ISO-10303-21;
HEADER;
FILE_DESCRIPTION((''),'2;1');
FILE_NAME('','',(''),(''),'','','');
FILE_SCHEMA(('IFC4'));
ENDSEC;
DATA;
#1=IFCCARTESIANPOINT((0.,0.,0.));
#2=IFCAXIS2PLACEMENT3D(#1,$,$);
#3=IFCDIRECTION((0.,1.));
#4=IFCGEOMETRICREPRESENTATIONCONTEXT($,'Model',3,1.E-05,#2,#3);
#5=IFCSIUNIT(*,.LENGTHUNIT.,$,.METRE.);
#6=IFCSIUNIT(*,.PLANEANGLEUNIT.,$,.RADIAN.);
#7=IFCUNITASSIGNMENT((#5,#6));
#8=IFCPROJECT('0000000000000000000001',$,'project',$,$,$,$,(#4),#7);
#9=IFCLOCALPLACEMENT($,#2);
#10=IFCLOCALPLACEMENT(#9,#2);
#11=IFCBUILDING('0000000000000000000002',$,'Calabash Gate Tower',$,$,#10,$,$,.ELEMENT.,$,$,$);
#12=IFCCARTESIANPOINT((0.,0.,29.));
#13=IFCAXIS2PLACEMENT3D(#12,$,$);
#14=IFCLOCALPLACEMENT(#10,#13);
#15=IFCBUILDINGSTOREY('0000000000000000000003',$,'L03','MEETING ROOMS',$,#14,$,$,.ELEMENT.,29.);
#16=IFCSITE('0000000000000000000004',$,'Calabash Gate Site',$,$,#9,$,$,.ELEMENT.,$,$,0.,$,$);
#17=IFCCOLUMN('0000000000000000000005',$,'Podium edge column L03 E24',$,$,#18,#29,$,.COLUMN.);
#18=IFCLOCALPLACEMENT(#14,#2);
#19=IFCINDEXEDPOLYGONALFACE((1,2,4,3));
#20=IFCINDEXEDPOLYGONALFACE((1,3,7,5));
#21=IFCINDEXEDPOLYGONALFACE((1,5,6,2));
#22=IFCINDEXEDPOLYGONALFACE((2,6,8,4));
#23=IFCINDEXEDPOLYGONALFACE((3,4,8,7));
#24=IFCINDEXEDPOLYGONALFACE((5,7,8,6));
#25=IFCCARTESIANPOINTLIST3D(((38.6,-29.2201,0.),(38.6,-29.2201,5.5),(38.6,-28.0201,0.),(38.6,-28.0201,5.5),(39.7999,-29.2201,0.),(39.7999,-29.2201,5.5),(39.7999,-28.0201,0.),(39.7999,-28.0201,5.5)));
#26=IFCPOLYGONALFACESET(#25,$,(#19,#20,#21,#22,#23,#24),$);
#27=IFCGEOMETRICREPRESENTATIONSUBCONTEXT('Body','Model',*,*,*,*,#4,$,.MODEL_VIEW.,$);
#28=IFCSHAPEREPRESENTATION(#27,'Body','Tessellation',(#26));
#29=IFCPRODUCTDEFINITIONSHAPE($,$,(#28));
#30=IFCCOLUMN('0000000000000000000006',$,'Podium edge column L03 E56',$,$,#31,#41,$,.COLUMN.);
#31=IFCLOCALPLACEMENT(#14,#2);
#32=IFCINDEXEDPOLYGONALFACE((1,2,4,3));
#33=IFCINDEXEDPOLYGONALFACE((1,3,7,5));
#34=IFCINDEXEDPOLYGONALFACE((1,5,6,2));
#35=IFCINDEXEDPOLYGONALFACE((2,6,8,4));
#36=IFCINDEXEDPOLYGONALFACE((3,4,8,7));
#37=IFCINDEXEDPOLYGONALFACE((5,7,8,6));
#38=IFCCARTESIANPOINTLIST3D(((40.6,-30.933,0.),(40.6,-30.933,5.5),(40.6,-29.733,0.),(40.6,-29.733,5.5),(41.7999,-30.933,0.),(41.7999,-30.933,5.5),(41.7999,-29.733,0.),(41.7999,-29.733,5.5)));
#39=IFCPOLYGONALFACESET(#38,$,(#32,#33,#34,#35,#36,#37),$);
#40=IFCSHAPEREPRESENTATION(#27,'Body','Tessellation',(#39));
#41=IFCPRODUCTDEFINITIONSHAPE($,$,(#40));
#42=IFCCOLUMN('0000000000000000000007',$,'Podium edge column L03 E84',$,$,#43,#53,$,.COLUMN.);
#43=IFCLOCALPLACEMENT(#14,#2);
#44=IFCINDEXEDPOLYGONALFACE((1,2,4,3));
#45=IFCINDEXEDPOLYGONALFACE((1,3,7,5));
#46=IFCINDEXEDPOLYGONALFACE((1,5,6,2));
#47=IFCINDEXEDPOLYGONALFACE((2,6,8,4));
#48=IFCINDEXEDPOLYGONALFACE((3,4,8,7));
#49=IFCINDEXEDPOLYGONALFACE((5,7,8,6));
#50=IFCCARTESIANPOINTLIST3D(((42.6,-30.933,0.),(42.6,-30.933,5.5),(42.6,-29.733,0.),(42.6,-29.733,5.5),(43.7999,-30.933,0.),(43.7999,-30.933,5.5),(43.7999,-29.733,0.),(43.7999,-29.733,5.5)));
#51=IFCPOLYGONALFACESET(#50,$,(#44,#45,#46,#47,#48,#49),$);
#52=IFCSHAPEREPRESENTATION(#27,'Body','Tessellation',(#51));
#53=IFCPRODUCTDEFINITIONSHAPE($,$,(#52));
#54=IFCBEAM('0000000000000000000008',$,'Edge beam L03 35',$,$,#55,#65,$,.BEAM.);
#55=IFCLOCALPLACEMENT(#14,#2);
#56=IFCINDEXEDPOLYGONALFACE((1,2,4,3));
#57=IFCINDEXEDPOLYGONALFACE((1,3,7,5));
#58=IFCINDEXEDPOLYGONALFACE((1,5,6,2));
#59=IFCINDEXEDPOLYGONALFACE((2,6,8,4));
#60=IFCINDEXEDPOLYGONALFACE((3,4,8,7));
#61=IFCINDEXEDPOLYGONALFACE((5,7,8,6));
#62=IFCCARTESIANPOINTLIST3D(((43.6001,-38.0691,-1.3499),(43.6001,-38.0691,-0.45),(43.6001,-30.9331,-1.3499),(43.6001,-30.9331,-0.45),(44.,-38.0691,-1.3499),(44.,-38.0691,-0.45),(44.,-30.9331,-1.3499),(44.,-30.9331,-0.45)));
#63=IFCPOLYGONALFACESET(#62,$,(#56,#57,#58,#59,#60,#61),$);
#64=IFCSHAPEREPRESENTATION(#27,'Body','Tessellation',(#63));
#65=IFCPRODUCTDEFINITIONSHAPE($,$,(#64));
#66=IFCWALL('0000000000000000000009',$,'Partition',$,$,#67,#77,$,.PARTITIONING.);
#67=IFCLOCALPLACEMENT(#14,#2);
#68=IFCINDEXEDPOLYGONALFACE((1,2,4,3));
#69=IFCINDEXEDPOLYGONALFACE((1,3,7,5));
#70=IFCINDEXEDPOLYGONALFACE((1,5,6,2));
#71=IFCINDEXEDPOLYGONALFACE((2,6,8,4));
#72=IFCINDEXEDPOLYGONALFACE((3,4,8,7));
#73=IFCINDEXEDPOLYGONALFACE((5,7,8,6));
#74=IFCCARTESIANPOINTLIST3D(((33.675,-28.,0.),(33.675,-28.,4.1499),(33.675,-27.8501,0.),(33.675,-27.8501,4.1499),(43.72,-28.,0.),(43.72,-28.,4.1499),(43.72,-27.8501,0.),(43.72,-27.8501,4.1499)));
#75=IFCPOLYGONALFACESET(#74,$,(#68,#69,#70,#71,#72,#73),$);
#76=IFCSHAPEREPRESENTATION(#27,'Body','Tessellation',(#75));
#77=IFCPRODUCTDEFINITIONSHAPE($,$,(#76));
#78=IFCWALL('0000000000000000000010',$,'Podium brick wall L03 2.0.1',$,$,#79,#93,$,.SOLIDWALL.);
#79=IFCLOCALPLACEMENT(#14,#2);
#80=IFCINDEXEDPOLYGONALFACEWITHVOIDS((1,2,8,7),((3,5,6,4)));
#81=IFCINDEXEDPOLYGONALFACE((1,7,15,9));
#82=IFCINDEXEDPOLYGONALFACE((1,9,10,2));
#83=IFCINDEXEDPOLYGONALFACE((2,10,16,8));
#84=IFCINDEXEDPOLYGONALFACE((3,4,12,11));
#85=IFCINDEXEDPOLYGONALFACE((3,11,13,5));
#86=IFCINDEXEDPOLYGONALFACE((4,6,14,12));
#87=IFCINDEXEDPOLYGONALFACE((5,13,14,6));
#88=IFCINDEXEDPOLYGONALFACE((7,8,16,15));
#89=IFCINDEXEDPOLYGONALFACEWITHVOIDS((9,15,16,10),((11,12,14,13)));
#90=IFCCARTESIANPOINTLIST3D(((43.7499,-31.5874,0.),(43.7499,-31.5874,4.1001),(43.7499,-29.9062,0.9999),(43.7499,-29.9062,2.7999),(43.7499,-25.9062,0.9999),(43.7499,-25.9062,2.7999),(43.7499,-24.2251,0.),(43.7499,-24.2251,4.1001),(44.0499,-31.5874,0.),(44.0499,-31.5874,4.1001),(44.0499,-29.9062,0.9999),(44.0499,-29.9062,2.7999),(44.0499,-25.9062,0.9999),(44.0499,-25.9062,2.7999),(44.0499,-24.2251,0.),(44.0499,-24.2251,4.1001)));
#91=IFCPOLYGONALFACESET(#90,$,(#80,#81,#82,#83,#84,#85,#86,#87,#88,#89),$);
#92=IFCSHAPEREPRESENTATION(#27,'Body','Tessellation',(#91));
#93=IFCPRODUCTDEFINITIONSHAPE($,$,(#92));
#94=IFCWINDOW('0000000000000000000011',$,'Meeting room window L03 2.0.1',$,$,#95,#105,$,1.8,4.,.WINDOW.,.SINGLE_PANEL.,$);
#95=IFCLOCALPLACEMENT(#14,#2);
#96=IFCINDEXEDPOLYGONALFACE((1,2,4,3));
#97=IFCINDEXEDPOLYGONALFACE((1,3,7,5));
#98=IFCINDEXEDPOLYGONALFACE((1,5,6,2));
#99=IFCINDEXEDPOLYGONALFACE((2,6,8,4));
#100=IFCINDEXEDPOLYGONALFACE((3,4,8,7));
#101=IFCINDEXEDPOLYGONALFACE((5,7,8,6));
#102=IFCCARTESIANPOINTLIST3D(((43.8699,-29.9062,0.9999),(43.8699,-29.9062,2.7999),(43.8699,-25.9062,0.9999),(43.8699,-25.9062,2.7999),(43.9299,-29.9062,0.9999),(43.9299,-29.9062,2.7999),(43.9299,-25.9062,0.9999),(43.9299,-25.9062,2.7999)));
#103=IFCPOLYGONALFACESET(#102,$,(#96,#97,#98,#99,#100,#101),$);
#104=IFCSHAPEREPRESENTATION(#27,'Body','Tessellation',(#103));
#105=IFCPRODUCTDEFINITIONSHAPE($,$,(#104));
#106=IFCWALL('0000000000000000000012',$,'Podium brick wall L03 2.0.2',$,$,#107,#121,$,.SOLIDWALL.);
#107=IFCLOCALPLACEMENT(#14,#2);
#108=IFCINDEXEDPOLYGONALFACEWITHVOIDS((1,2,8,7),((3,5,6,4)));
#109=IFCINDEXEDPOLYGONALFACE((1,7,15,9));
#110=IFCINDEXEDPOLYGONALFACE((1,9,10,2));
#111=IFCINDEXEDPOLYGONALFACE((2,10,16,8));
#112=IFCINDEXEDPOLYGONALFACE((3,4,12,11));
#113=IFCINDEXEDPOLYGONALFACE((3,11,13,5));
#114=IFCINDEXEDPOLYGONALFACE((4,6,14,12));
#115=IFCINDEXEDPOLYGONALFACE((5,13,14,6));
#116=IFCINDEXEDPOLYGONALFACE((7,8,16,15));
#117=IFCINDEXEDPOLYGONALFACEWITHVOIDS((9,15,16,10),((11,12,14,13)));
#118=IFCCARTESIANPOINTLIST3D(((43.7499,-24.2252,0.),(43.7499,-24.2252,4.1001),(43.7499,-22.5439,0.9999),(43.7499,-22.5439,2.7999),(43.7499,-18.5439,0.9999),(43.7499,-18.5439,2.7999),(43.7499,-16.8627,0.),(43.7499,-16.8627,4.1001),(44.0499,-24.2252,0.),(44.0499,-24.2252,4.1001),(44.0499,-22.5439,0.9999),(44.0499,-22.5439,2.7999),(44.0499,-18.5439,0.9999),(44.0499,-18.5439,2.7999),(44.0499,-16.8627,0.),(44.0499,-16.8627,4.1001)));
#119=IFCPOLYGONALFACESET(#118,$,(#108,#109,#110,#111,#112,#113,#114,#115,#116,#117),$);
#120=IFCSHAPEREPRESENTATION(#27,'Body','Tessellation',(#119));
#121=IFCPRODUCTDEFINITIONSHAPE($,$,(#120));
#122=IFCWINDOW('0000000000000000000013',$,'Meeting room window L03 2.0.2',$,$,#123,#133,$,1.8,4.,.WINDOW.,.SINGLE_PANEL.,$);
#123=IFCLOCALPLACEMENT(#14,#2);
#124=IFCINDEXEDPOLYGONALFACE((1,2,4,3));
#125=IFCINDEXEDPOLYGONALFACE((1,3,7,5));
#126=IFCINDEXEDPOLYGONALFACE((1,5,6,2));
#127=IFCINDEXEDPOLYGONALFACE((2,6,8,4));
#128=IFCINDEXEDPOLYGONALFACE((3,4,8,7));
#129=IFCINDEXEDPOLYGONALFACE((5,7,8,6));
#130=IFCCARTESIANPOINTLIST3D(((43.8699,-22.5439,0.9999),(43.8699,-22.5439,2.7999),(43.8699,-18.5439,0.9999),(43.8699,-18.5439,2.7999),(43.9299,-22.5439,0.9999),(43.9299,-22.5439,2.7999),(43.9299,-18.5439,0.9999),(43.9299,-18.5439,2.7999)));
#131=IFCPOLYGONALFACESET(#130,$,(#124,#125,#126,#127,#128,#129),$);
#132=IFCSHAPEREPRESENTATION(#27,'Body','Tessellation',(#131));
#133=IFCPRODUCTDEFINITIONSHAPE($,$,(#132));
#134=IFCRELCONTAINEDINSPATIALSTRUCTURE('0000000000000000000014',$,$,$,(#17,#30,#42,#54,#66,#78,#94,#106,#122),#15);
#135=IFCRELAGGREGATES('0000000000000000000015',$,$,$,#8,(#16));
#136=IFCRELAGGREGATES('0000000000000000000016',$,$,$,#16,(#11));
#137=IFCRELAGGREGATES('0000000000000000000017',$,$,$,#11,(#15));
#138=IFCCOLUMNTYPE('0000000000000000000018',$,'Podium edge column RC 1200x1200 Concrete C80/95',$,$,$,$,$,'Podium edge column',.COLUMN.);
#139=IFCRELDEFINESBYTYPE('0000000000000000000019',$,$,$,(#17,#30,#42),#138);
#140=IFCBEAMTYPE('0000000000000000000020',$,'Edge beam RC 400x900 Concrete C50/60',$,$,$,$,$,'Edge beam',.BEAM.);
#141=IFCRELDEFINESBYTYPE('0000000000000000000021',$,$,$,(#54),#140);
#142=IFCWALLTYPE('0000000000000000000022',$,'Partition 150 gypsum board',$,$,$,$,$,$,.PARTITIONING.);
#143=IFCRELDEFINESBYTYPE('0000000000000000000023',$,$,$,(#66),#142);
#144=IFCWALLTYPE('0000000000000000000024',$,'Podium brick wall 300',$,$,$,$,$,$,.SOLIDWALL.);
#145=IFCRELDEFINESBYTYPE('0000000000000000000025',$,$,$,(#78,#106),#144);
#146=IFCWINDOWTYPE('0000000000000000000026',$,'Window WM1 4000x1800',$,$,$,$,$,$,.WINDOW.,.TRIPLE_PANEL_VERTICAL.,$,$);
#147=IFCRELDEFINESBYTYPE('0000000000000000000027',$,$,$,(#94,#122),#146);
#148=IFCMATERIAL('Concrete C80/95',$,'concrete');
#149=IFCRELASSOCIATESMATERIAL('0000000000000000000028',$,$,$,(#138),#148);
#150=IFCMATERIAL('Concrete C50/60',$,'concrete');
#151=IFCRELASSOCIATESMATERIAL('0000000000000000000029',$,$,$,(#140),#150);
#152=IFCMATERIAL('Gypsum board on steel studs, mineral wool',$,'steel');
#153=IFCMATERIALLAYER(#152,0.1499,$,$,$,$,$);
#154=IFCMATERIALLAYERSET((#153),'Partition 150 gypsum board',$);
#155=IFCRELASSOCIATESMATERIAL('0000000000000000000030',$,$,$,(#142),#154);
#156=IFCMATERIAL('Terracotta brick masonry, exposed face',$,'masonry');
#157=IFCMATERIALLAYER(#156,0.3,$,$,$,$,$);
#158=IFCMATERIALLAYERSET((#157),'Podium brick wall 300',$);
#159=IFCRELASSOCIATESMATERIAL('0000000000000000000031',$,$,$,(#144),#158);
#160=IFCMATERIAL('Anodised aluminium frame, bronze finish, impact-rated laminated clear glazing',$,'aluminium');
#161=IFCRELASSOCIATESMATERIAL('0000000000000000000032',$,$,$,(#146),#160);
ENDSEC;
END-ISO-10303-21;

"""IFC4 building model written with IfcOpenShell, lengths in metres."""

from ifc_helpers import new_model, si_unit, direction, frame, frame_2d, origin, origin_2d, place, context, subcontext, project, spatial, rectangle, extrude, material, layer, layer_set, material_profile, profile_set, type_object, element, fill, save


model = new_model("IFC4")

# Units and contexts
model_context = context("Model", 3, precision=1e-05, world=origin(), true_north=direction((0.0, 1.0)))
body_context = subcontext(model_context, "Body", "Model", "MODEL_VIEW")
ifc_project = project(units=[si_unit("LENGTHUNIT", "METRE"), si_unit("PLANEANGLEUNIT", "RADIAN")], contexts=[model_context])

# Site, building, storey
site_placement = place(None, origin())
site = spatial("IfcSite", under=ifc_project, at=site_placement, Name="Calabash Gate Site", CompositionType="ELEMENT", RefElevation=0.0)
building_placement = place(site_placement, origin())
building = spatial("IfcBuilding", under=site, at=building_placement, Name="Calabash Gate Tower", CompositionType="ELEMENT")
storey_placement = place(building_placement, frame((0.0, 0.0, 29.0)))
storey = spatial("IfcBuildingStorey", under=building, at=storey_placement, Name="L03", Description="MEETING ROOMS", CompositionType="ELEMENT", Elevation=29.0)

# Columns
ifc_material_1 = material(Name="Concrete C80/95", Category="concrete")
ifc_material_profile_1 = material_profile(ifc_material_1, rectangle(XDim=1.2, YDim=1.2, at=origin_2d()))
ifc_profile_set_1 = profile_set([ifc_material_profile_1], Name="Concrete C80/95")
column_type = type_object("IfcColumnType", Name="Podium edge column RC 1200x1200 Concrete C80/95", ElementType="Podium edge column", PredefinedType="COLUMN", material=ifc_profile_set_1)
for number, where, z_axis, x_axis, name in (
    (1, (39.2, -28.6201, 0.0), (0.0, 0.0, 1.0), (1.0, 0.0, 0.0), "Podium edge column L03 E24"),
    (2, (41.2, -30.333, 0.0), (0.0, 0.0, 1.0), (1.0, 0.0, 0.0), "Podium edge column L03 E56"),
    (3, (43.2, -30.333, 0.0), (0.0, 0.0, 1.0), (1.0, 0.0, 0.0), "Podium edge column L03 E84"),
):
    element("IfcColumn", number, at=place(storey_placement, frame(where, z_axis=z_axis, x_axis=x_axis)), inside=storey, type_object=column_type, Name=name, PredefinedType="COLUMN", context=body_context, shape_type="SweptSolid", body=[
        extrude(rectangle(XDim=1.2, YDim=1.2, at=origin_2d()), origin(), (0.0, 0.0, 1.0), 5.5),
    ])

# Beam
ifc_material_2 = material(Name="Concrete C50/60", Category="concrete")
ifc_material_profile_2 = material_profile(ifc_material_2, rectangle(XDim=0.3999, YDim=0.8999, at=origin_2d()))
ifc_profile_set_2 = profile_set([ifc_material_profile_2], Name="Concrete C50/60")
beam_type = type_object("IfcBeamType", Name="Edge beam RC 400x900 Concrete C50/60", ElementType="Edge beam", PredefinedType="BEAM", material=ifc_profile_set_2)
beam_placement = place(storey_placement, frame((43.8, -30.9331, -0.8999), z_axis=(0.0, -1.0, 0.0), x_axis=(1.0, 0.0, 0.0)))
element("IfcBeam", 4, at=beam_placement, inside=storey, type_object=beam_type, Name="Edge beam L03 35", PredefinedType="BEAM", context=body_context, shape_type="SweptSolid", body=[
    extrude(rectangle(XDim=0.3999, YDim=0.8999, at=origin_2d()), origin(), (0.0, 0.0, 1.0), 7.136),
])

# Wall
ifc_material_3 = material(Name="Gypsum board on steel studs, mineral wool", Category="steel")
ifc_layer_1 = layer(ifc_material_3, 0.1499)
ifc_layer_set_1 = layer_set([ifc_layer_1], Name="Partition 150 gypsum board")
wall_type_1 = type_object("IfcWallType", Name="Partition 150 gypsum board", PredefinedType="PARTITIONING", material=ifc_layer_set_1)
wall_1_placement = place(storey_placement, frame((33.675, -27.925, 0.0), z_axis=(0.0, 0.0, 1.0), x_axis=(1.0, 0.0, 0.0)))
element("IfcWall", 5, at=wall_1_placement, inside=storey, type_object=wall_type_1, Name="Partition", PredefinedType="PARTITIONING", context=body_context, shape_type="SweptSolid", body=[
    extrude(rectangle(XDim=10.0449, YDim=0.1499, at=frame_2d((5.0225, 0.0))), origin(), (0.0, 0.0, 1.0), 4.1499),
])

# Walls, openings, windows
ifc_material_4 = material(Name="Terracotta brick masonry, exposed face", Category="masonry")
ifc_layer_2 = layer(ifc_material_4, 0.3)
ifc_layer_set_2 = layer_set([ifc_layer_2], Name="Podium brick wall 300")
wall_type_2 = type_object("IfcWallType", Name="Podium brick wall 300", PredefinedType="SOLIDWALL", material=ifc_layer_set_2)
wall_2_placement = place(storey_placement, frame((43.8999, -31.5874, 0.0), z_axis=(0.0, 0.0, 1.0), x_axis=(0.0, 1.0, 0.0)))
wall_2 = element("IfcWall", 6, at=wall_2_placement, inside=storey, type_object=wall_type_2, Name="Podium brick wall L03 2.0.1", PredefinedType="SOLIDWALL", context=body_context, shape_type="SweptSolid", body=[
    extrude(rectangle(XDim=7.3623, YDim=0.3, at=frame_2d((3.6812, 0.0))), origin(), (0.0, 0.0, 1.0), 4.1001),
])
opening_1_placement = place(wall_2_placement, frame((1.6812, 0.0, 1.0)))
opening_1 = element("IfcOpeningElement", 7, at=opening_1_placement, cuts=wall_2, PredefinedType="OPENING", context=body_context, shape_type="SweptSolid", body=[
    extrude(rectangle(XDim=4.0, YDim=1.8, at=frame_2d((2.0, 0.8999))), frame((0.0, 0.1599, 0.0), z_axis=(0.0, -1.0, 0.0), x_axis=(1.0, 0.0, 0.0)), (0.0, 0.0, 1.0), 0.3201),
])
ifc_material_5 = material(Name="Anodised aluminium frame, bronze finish, impact-rated laminated clear glazing", Category="aluminium")
window_type = type_object("IfcWindowType", Name="Window WM1 4000x1800", PartitioningType="TRIPLE_PANEL_VERTICAL", PredefinedType="WINDOW", material=ifc_material_5)
window_1_placement = place(opening_1_placement, origin())
window_1 = element("IfcWindow", 8, at=window_1_placement, inside=storey, type_object=window_type, Name="Meeting room window L03 2.0.1", OverallHeight=1.8, OverallWidth=4.0, PartitioningType="SINGLE_PANEL", PredefinedType="WINDOW", context=body_context, shape_type="SweptSolid", body=[
    extrude(rectangle(XDim=4.0, YDim=1.8, at=frame_2d((2.0, 0.8999))), frame((0.0, 0.03, 0.0), z_axis=(0.0, -1.0, 0.0), x_axis=(1.0, 0.0, 0.0)), (0.0, 0.0, 1.0), 0.0601),
])
fill(opening_1, window_1)
wall_3_placement = place(storey_placement, frame((43.8999, -24.2251, 0.0), z_axis=(0.0, 0.0, 1.0), x_axis=(0.0, 1.0, 0.0)))
wall_3 = element("IfcWall", 9, at=wall_3_placement, inside=storey, type_object=wall_type_2, Name="Podium brick wall L03 2.0.2", PredefinedType="SOLIDWALL", context=body_context, shape_type="SweptSolid", body=[
    extrude(rectangle(XDim=7.3625, YDim=0.3, at=frame_2d((3.6812, 0.0))), origin(), (0.0, 0.0, 1.0), 4.1001),
])
opening_2_placement = place(wall_3_placement, frame((1.6812, 0.0, 1.0)))
opening_2 = element("IfcOpeningElement", 10, at=opening_2_placement, cuts=wall_3, PredefinedType="OPENING", context=body_context, shape_type="SweptSolid", body=[
    extrude(rectangle(XDim=4.0, YDim=1.8, at=frame_2d((2.0, 0.8999))), frame((0.0, 0.1599, 0.0), z_axis=(0.0, -1.0, 0.0), x_axis=(1.0, 0.0, 0.0)), (0.0, 0.0, 1.0), 0.3201),
])
window_2_placement = place(opening_2_placement, origin())
window_2 = element("IfcWindow", 11, at=window_2_placement, inside=storey, type_object=window_type, Name="Meeting room window L03 2.0.2", OverallHeight=1.8, OverallWidth=4.0, PartitioningType="SINGLE_PANEL", PredefinedType="WINDOW", context=body_context, shape_type="SweptSolid", body=[
    extrude(rectangle(XDim=4.0, YDim=1.8, at=frame_2d((2.0, 0.8999))), frame((0.0, 0.03, 0.0), z_axis=(0.0, -1.0, 0.0), x_axis=(1.0, 0.0, 0.0)), (0.0, 0.0, 1.0), 0.0601),
])
fill(opening_2, window_2)

save(model, "model.ifc")
